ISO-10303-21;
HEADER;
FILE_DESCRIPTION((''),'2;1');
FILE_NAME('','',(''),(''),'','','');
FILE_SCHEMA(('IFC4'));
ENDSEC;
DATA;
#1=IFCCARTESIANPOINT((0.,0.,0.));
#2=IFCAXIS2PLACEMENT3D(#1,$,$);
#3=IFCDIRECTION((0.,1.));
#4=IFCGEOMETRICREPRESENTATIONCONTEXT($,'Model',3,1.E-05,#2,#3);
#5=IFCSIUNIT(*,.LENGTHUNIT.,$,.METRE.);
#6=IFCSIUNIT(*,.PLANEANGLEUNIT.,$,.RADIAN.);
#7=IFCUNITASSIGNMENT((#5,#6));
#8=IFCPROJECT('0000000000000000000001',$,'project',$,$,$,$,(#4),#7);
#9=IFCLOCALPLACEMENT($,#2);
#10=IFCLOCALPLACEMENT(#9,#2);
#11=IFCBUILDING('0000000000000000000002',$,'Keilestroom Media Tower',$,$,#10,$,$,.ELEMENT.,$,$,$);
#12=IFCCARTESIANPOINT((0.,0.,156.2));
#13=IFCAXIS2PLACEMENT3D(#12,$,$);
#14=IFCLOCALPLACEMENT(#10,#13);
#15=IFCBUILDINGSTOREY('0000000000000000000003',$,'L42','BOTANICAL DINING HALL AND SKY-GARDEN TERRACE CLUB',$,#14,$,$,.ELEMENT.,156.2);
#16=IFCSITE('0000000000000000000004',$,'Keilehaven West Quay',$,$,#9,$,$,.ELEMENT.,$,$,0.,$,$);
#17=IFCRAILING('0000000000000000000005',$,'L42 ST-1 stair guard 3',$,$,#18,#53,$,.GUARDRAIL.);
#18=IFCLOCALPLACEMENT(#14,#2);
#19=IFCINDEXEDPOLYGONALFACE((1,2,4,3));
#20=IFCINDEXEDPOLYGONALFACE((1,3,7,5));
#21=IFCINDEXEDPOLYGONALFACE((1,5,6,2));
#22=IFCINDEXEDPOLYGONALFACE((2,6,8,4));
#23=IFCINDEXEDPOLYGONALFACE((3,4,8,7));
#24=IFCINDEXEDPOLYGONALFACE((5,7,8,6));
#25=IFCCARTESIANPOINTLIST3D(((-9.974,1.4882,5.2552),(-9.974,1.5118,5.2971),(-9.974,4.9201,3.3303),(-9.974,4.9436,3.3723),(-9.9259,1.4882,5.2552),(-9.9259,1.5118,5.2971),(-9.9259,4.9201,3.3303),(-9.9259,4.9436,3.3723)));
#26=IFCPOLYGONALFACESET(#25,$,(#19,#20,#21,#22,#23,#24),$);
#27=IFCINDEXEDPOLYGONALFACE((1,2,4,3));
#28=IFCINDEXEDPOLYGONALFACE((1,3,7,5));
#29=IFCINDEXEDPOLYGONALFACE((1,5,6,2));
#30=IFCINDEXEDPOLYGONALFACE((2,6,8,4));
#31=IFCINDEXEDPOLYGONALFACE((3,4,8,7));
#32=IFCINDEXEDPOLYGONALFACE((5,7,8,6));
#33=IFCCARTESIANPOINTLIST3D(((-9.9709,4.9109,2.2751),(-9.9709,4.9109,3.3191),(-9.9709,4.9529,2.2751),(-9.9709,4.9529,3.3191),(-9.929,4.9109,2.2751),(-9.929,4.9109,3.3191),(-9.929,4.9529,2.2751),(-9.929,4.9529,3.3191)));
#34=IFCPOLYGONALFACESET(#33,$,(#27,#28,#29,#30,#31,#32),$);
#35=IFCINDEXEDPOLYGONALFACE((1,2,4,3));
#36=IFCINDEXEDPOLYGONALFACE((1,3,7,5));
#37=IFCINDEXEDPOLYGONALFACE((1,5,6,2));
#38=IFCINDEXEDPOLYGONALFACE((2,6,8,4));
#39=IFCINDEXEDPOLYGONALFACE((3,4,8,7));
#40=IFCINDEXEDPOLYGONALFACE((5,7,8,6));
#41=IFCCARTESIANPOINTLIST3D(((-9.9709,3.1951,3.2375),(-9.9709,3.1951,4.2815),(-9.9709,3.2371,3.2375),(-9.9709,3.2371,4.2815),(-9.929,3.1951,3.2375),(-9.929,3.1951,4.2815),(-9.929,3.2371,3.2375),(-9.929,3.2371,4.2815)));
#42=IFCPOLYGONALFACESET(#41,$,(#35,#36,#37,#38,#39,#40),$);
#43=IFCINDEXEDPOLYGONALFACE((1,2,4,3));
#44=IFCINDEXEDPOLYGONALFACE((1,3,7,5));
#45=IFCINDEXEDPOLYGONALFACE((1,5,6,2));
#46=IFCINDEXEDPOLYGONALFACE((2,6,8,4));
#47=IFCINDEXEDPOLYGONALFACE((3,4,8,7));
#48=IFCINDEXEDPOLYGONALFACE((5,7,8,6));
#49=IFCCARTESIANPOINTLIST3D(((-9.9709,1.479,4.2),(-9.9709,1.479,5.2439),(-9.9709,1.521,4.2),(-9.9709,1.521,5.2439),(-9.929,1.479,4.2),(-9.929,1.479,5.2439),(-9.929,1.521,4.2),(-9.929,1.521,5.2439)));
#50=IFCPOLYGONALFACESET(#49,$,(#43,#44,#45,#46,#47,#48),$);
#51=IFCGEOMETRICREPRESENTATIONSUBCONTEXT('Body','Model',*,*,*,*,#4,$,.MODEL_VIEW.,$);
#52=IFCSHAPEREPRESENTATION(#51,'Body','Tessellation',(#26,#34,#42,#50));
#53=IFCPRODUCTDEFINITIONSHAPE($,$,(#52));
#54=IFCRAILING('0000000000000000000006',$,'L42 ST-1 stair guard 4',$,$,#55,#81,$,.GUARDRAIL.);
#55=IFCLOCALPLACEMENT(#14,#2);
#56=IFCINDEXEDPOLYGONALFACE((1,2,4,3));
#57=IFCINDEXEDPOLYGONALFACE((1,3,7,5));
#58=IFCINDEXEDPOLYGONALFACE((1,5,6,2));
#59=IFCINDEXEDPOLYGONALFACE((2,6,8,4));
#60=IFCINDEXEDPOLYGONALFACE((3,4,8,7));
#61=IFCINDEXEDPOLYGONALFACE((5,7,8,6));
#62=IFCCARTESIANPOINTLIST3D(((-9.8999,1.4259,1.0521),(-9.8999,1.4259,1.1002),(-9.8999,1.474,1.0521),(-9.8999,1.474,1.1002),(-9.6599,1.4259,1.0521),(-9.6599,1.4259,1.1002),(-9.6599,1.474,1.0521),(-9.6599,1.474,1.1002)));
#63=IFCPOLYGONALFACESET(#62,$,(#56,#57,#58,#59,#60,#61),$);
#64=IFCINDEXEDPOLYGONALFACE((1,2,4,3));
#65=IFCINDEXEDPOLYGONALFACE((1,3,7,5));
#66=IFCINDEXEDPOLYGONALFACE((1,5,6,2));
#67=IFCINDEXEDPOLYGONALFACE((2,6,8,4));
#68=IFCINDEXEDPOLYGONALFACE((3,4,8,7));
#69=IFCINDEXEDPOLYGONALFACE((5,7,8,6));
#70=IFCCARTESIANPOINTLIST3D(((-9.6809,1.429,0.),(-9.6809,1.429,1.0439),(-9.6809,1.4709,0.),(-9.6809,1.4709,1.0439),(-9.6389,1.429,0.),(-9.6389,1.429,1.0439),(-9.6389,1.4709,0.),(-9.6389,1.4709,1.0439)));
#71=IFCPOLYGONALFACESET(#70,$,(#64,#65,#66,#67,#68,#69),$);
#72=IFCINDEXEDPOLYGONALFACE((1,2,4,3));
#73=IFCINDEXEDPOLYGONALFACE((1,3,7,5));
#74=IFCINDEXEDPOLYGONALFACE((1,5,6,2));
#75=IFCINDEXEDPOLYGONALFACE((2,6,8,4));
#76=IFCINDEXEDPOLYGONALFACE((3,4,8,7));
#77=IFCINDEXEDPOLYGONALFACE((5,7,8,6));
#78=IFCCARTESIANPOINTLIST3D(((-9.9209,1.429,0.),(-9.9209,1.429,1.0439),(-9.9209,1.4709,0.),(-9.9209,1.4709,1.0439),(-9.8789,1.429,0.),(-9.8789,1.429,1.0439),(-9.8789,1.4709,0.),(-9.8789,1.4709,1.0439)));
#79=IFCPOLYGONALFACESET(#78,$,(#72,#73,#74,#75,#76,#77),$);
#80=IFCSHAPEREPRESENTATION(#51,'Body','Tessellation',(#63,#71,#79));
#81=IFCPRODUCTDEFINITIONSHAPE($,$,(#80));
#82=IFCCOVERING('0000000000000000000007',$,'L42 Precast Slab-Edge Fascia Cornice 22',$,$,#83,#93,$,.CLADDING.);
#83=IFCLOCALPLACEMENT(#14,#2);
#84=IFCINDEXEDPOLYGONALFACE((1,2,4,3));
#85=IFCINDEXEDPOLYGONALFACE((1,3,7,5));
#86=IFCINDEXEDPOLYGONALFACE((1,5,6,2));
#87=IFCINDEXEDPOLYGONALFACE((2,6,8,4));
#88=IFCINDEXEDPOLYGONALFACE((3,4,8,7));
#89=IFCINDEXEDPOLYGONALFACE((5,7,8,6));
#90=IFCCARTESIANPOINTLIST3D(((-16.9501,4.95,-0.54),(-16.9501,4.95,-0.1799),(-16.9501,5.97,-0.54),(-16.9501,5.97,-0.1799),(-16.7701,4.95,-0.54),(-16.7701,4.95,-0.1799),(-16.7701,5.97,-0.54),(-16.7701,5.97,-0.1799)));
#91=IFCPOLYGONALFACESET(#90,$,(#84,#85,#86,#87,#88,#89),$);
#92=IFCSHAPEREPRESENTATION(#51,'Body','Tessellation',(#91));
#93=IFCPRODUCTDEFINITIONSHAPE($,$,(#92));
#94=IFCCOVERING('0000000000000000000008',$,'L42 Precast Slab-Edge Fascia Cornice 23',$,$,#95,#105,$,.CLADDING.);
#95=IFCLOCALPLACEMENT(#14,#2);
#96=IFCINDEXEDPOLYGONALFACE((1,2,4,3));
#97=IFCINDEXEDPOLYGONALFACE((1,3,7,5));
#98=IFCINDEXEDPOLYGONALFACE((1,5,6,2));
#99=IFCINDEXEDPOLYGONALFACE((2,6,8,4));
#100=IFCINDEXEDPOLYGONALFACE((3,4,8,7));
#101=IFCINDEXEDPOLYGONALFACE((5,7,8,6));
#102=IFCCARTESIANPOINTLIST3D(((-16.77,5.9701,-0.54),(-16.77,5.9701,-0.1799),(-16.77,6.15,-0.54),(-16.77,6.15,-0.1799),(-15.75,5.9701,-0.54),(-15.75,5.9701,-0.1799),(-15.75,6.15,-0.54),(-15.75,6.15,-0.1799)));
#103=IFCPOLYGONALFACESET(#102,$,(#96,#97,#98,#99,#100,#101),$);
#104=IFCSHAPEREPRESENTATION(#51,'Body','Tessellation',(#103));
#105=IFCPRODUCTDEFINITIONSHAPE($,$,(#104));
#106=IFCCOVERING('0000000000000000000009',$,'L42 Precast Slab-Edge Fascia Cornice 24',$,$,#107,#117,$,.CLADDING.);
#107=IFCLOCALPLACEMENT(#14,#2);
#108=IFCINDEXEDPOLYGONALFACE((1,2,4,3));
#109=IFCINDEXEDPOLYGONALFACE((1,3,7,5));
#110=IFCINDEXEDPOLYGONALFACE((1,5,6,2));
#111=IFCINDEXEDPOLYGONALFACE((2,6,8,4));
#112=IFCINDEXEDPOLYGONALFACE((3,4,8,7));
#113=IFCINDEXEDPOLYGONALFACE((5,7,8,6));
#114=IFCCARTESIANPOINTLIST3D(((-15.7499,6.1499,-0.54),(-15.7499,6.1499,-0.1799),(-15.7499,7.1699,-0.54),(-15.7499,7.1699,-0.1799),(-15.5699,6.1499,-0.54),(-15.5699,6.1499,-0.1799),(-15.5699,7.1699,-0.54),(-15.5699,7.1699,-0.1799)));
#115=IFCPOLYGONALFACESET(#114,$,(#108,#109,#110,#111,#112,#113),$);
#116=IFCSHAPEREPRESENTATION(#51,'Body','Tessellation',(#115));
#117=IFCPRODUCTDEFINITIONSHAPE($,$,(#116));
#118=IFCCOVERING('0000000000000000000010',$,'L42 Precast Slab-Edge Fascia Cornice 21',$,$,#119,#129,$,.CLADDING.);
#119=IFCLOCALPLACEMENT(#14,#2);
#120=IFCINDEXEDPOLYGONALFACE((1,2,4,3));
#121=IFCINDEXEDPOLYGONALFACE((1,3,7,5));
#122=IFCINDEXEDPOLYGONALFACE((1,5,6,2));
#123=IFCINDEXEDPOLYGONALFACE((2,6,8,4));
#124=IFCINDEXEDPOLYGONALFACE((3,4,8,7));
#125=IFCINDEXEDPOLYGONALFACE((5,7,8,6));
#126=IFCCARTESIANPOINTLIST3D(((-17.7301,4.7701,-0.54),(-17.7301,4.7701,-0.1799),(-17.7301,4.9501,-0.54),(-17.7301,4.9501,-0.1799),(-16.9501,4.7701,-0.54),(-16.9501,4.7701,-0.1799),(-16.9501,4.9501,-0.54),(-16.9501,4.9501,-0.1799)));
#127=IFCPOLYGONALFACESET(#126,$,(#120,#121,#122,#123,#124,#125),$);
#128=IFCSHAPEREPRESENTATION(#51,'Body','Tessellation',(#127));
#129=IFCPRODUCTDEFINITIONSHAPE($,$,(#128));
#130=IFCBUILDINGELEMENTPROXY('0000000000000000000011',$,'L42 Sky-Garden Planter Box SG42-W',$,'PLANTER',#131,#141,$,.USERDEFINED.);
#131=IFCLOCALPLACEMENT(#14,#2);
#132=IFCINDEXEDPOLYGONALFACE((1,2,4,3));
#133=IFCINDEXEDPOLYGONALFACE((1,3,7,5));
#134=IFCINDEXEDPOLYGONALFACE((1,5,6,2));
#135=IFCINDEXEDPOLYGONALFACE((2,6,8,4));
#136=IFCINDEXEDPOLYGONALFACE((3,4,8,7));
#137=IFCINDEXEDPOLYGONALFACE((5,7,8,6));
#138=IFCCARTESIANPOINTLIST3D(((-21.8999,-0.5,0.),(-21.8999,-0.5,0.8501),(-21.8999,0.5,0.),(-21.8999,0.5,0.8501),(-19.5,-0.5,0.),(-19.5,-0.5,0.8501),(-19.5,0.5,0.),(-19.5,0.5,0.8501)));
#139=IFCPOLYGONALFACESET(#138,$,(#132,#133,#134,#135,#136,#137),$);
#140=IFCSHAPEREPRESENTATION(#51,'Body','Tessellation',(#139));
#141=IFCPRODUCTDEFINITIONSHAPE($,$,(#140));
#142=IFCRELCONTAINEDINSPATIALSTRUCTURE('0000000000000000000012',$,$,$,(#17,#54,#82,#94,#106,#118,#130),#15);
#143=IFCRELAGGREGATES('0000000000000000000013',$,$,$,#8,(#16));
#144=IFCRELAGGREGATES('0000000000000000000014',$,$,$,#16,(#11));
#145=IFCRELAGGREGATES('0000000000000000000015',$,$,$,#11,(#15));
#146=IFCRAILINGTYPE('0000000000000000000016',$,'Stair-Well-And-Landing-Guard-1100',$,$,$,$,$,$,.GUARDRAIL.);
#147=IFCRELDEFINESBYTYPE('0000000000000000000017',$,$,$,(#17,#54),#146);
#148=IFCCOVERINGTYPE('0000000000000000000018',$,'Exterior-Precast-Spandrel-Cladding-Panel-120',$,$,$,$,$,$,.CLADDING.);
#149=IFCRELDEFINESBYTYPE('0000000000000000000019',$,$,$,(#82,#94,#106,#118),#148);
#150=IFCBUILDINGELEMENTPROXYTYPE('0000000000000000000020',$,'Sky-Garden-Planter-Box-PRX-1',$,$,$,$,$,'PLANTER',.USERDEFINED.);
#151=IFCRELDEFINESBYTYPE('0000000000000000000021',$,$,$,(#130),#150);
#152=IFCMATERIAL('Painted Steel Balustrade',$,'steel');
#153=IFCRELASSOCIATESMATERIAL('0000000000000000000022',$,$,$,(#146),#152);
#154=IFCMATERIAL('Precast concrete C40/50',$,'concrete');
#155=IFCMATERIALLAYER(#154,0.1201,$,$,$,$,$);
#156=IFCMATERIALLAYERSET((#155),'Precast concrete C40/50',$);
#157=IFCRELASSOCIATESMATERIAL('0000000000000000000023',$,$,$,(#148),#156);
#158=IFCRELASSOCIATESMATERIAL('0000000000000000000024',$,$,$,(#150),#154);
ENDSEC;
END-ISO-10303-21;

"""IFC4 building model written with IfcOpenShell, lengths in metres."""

from ifc_helpers import new_model, si_unit, direction, frame, origin, origin_2d, place, context, subcontext, project, spatial, rectangle, extrude, source, transform, mapped, material, layer, layer_set, type_object, element, save


model = new_model("IFC4")

# Units and contexts
model_context = context("Model", 3, precision=1e-05, world=origin(), true_north=direction((0.0, 1.0)))
body_context = subcontext(model_context, "Body", "Model", "MODEL_VIEW")
ifc_project = project(units=[si_unit("LENGTHUNIT", "METRE"), si_unit("PLANEANGLEUNIT", "RADIAN")], contexts=[model_context])

# Site, building, storey
site_placement = place(None, origin())
site = spatial("IfcSite", under=ifc_project, at=site_placement, Name="Keilehaven West Quay", CompositionType="ELEMENT", RefElevation=0.0)
building_placement = place(site_placement, origin())
building = spatial("IfcBuilding", under=site, at=building_placement, Name="Keilestroom Media Tower", CompositionType="ELEMENT")
storey_placement = place(building_placement, frame((0.0, 0.0, 156.2)))
storey = spatial("IfcBuildingStorey", under=building, at=storey_placement, Name="L42", Description="BOTANICAL DINING HALL AND SKY-GARDEN TERRACE CLUB", CompositionType="ELEMENT", Elevation=156.2)

# Shared definitions
ifc_material_1 = material(Name="Precast concrete C40/50", Category="concrete")

# Railings
ifc_material_2 = material(Name="Painted Steel Balustrade", Category="steel")
railing_type_1 = type_object("IfcRailingType", Name="Stair-Well-And-Landing-Guard-1100", PredefinedType="GUARDRAIL", material=ifc_material_2)
railing_1_placement = place(storey_placement, frame((-9.95, 4.9319, 2.2751)))
element("IfcRailing", 1, at=railing_1_placement, inside=storey, type_object=railing_type_1, Name="L42 ST-1 stair guard 3", PredefinedType="GUARDRAIL", context=body_context, shape_type="SweptSolid", body=[
    extrude(rectangle(XDim=0.0481, YDim=0.0481, at=origin_2d()), frame((0.0, 0.0, 1.0762), z_axis=(0.0, -0.872186, 0.489174), x_axis=(1.0, 0.0, 0.0)), (0.0, 0.0, 1.0), 3.9348),
    extrude(rectangle(XDim=0.042, YDim=0.042, at=origin_2d()), origin(), (0.0, 0.0, 1.0), 1.0439),
    extrude(rectangle(XDim=0.042, YDim=0.042, at=origin_2d()), frame((0.0, -1.7158, 0.9624)), (0.0, 0.0, 1.0), 1.0439),
    extrude(rectangle(XDim=0.042, YDim=0.042, at=origin_2d()), frame((0.0, -3.4319, 1.9248)), (0.0, 0.0, 1.0), 1.0439),
])
railing_2_placement = place(storey_placement, frame((-9.6599, 1.45, 0.0)))
element("IfcRailing", 2, at=railing_2_placement, inside=storey, type_object=railing_type_1, Name="L42 ST-1 stair guard 4", PredefinedType="GUARDRAIL", context=body_context, shape_type="SweptSolid", body=[
    extrude(rectangle(XDim=0.0481, YDim=0.0481, at=origin_2d()), frame((0.0, 0.0, 1.0762), z_axis=(-1.0, 0.0, 0.0), x_axis=(0.0, -1.0, 0.0)), (0.0, 0.0, 1.0), 0.24),
    extrude(rectangle(XDim=0.042, YDim=0.042, at=origin_2d()), origin(), (0.0, 0.0, 1.0), 1.0439),
    extrude(rectangle(XDim=0.042, YDim=0.042, at=origin_2d()), frame((-0.24, 0.0, 0.0)), (0.0, 0.0, 1.0), 1.0439),
])

# Coverings
ifc_layer_1 = layer(ifc_material_1, 0.1201)
ifc_layer_set_1 = layer_set([ifc_layer_1], Name="Precast concrete C40/50")
covering_type = type_object("IfcCoveringType", Name="Exterior-Precast-Spandrel-Cladding-Panel-120", PredefinedType="CLADDING", material=ifc_layer_set_1)
shared_shape_1 = source(origin(), body_context, "Body", "SweptSolid", [
    extrude(rectangle(XDim=1.02, YDim=0.1799, at=origin_2d()), origin(), (0.0, 0.0, 1.0), 0.3601),
])
for number, where, z_axis, x_axis, name in (
    (3, (-16.8601, 5.46, -0.54), (0.0, 0.0, 1.0), (0.0, 1.0, 0.0), "L42 Precast Slab-Edge Fascia Cornice 22"),
    (4, (-16.26, 6.0601, -0.54), (0.0, 0.0, 1.0), (1.0, 0.0, 0.0), "L42 Precast Slab-Edge Fascia Cornice 23"),
    (5, (-15.6599, 6.6599, -0.54), (0.0, 0.0, 1.0), (0.0, 1.0, 0.0), "L42 Precast Slab-Edge Fascia Cornice 24"),
):
    element("IfcCovering", number, at=place(storey_placement, frame(where, z_axis=z_axis, x_axis=x_axis)), inside=storey, type_object=covering_type, Name=name, PredefinedType="CLADDING", context=body_context, shape_type="MappedRepresentation", body=[
        mapped(shared_shape_1, transform((0.0, 0.0, 0.0), x_axis=(1.0, 0.0, 0.0), y_axis=(0.0, 1.0, 0.0), z_axis=(0.0, 0.0, 1.0), scale=1.0)),
    ])
shared_shape_2 = source(origin(), body_context, "Body", "SweptSolid", [
    extrude(rectangle(XDim=0.78, YDim=0.1799, at=origin_2d()), origin(), (0.0, 0.0, 1.0), 0.3601),
])
covering_placement = place(storey_placement, frame((-17.3401, 4.8601, -0.54), z_axis=(0.0, 0.0, 1.0), x_axis=(1.0, 0.0, 0.0)))
element("IfcCovering", 6, at=covering_placement, inside=storey, type_object=covering_type, Name="L42 Precast Slab-Edge Fascia Cornice 21", PredefinedType="CLADDING", context=body_context, shape_type="MappedRepresentation", body=[
    mapped(shared_shape_2, transform((0.0, 0.0, 0.0), x_axis=(1.0, 0.0, 0.0), y_axis=(0.0, 1.0, 0.0), z_axis=(0.0, 0.0, 1.0), scale=1.0)),
])

# Building element proxy
building_element_proxy_type = type_object("IfcBuildingElementProxyType", Name="Sky-Garden-Planter-Box-PRX-1", ElementType="PLANTER", PredefinedType="USERDEFINED", material=ifc_material_1)
shared_shape_3 = source(origin(), body_context, "Body", "SweptSolid", [
    extrude(rectangle(XDim=2.3999, YDim=1.0, at=origin_2d()), origin(), (0.0, 0.0, 1.0), 0.8501),
])
proxy_placement = place(storey_placement, frame((-20.7, 0.0, 0.0), z_axis=(0.0, 0.0, 1.0), x_axis=(1.0, 0.0, 0.0)))
element("IfcBuildingElementProxy", 7, at=proxy_placement, inside=storey, type_object=building_element_proxy_type, Name="L42 Sky-Garden Planter Box SG42-W", ObjectType="PLANTER", PredefinedType="USERDEFINED", context=body_context, shape_type="MappedRepresentation", body=[
    mapped(shared_shape_3, transform((0.0, 0.0, 0.0), x_axis=(1.0, 0.0, 0.0), y_axis=(0.0, 1.0, 0.0), z_axis=(0.0, 0.0, 1.0), scale=1.0)),
])

save(model, "model.ifc")
